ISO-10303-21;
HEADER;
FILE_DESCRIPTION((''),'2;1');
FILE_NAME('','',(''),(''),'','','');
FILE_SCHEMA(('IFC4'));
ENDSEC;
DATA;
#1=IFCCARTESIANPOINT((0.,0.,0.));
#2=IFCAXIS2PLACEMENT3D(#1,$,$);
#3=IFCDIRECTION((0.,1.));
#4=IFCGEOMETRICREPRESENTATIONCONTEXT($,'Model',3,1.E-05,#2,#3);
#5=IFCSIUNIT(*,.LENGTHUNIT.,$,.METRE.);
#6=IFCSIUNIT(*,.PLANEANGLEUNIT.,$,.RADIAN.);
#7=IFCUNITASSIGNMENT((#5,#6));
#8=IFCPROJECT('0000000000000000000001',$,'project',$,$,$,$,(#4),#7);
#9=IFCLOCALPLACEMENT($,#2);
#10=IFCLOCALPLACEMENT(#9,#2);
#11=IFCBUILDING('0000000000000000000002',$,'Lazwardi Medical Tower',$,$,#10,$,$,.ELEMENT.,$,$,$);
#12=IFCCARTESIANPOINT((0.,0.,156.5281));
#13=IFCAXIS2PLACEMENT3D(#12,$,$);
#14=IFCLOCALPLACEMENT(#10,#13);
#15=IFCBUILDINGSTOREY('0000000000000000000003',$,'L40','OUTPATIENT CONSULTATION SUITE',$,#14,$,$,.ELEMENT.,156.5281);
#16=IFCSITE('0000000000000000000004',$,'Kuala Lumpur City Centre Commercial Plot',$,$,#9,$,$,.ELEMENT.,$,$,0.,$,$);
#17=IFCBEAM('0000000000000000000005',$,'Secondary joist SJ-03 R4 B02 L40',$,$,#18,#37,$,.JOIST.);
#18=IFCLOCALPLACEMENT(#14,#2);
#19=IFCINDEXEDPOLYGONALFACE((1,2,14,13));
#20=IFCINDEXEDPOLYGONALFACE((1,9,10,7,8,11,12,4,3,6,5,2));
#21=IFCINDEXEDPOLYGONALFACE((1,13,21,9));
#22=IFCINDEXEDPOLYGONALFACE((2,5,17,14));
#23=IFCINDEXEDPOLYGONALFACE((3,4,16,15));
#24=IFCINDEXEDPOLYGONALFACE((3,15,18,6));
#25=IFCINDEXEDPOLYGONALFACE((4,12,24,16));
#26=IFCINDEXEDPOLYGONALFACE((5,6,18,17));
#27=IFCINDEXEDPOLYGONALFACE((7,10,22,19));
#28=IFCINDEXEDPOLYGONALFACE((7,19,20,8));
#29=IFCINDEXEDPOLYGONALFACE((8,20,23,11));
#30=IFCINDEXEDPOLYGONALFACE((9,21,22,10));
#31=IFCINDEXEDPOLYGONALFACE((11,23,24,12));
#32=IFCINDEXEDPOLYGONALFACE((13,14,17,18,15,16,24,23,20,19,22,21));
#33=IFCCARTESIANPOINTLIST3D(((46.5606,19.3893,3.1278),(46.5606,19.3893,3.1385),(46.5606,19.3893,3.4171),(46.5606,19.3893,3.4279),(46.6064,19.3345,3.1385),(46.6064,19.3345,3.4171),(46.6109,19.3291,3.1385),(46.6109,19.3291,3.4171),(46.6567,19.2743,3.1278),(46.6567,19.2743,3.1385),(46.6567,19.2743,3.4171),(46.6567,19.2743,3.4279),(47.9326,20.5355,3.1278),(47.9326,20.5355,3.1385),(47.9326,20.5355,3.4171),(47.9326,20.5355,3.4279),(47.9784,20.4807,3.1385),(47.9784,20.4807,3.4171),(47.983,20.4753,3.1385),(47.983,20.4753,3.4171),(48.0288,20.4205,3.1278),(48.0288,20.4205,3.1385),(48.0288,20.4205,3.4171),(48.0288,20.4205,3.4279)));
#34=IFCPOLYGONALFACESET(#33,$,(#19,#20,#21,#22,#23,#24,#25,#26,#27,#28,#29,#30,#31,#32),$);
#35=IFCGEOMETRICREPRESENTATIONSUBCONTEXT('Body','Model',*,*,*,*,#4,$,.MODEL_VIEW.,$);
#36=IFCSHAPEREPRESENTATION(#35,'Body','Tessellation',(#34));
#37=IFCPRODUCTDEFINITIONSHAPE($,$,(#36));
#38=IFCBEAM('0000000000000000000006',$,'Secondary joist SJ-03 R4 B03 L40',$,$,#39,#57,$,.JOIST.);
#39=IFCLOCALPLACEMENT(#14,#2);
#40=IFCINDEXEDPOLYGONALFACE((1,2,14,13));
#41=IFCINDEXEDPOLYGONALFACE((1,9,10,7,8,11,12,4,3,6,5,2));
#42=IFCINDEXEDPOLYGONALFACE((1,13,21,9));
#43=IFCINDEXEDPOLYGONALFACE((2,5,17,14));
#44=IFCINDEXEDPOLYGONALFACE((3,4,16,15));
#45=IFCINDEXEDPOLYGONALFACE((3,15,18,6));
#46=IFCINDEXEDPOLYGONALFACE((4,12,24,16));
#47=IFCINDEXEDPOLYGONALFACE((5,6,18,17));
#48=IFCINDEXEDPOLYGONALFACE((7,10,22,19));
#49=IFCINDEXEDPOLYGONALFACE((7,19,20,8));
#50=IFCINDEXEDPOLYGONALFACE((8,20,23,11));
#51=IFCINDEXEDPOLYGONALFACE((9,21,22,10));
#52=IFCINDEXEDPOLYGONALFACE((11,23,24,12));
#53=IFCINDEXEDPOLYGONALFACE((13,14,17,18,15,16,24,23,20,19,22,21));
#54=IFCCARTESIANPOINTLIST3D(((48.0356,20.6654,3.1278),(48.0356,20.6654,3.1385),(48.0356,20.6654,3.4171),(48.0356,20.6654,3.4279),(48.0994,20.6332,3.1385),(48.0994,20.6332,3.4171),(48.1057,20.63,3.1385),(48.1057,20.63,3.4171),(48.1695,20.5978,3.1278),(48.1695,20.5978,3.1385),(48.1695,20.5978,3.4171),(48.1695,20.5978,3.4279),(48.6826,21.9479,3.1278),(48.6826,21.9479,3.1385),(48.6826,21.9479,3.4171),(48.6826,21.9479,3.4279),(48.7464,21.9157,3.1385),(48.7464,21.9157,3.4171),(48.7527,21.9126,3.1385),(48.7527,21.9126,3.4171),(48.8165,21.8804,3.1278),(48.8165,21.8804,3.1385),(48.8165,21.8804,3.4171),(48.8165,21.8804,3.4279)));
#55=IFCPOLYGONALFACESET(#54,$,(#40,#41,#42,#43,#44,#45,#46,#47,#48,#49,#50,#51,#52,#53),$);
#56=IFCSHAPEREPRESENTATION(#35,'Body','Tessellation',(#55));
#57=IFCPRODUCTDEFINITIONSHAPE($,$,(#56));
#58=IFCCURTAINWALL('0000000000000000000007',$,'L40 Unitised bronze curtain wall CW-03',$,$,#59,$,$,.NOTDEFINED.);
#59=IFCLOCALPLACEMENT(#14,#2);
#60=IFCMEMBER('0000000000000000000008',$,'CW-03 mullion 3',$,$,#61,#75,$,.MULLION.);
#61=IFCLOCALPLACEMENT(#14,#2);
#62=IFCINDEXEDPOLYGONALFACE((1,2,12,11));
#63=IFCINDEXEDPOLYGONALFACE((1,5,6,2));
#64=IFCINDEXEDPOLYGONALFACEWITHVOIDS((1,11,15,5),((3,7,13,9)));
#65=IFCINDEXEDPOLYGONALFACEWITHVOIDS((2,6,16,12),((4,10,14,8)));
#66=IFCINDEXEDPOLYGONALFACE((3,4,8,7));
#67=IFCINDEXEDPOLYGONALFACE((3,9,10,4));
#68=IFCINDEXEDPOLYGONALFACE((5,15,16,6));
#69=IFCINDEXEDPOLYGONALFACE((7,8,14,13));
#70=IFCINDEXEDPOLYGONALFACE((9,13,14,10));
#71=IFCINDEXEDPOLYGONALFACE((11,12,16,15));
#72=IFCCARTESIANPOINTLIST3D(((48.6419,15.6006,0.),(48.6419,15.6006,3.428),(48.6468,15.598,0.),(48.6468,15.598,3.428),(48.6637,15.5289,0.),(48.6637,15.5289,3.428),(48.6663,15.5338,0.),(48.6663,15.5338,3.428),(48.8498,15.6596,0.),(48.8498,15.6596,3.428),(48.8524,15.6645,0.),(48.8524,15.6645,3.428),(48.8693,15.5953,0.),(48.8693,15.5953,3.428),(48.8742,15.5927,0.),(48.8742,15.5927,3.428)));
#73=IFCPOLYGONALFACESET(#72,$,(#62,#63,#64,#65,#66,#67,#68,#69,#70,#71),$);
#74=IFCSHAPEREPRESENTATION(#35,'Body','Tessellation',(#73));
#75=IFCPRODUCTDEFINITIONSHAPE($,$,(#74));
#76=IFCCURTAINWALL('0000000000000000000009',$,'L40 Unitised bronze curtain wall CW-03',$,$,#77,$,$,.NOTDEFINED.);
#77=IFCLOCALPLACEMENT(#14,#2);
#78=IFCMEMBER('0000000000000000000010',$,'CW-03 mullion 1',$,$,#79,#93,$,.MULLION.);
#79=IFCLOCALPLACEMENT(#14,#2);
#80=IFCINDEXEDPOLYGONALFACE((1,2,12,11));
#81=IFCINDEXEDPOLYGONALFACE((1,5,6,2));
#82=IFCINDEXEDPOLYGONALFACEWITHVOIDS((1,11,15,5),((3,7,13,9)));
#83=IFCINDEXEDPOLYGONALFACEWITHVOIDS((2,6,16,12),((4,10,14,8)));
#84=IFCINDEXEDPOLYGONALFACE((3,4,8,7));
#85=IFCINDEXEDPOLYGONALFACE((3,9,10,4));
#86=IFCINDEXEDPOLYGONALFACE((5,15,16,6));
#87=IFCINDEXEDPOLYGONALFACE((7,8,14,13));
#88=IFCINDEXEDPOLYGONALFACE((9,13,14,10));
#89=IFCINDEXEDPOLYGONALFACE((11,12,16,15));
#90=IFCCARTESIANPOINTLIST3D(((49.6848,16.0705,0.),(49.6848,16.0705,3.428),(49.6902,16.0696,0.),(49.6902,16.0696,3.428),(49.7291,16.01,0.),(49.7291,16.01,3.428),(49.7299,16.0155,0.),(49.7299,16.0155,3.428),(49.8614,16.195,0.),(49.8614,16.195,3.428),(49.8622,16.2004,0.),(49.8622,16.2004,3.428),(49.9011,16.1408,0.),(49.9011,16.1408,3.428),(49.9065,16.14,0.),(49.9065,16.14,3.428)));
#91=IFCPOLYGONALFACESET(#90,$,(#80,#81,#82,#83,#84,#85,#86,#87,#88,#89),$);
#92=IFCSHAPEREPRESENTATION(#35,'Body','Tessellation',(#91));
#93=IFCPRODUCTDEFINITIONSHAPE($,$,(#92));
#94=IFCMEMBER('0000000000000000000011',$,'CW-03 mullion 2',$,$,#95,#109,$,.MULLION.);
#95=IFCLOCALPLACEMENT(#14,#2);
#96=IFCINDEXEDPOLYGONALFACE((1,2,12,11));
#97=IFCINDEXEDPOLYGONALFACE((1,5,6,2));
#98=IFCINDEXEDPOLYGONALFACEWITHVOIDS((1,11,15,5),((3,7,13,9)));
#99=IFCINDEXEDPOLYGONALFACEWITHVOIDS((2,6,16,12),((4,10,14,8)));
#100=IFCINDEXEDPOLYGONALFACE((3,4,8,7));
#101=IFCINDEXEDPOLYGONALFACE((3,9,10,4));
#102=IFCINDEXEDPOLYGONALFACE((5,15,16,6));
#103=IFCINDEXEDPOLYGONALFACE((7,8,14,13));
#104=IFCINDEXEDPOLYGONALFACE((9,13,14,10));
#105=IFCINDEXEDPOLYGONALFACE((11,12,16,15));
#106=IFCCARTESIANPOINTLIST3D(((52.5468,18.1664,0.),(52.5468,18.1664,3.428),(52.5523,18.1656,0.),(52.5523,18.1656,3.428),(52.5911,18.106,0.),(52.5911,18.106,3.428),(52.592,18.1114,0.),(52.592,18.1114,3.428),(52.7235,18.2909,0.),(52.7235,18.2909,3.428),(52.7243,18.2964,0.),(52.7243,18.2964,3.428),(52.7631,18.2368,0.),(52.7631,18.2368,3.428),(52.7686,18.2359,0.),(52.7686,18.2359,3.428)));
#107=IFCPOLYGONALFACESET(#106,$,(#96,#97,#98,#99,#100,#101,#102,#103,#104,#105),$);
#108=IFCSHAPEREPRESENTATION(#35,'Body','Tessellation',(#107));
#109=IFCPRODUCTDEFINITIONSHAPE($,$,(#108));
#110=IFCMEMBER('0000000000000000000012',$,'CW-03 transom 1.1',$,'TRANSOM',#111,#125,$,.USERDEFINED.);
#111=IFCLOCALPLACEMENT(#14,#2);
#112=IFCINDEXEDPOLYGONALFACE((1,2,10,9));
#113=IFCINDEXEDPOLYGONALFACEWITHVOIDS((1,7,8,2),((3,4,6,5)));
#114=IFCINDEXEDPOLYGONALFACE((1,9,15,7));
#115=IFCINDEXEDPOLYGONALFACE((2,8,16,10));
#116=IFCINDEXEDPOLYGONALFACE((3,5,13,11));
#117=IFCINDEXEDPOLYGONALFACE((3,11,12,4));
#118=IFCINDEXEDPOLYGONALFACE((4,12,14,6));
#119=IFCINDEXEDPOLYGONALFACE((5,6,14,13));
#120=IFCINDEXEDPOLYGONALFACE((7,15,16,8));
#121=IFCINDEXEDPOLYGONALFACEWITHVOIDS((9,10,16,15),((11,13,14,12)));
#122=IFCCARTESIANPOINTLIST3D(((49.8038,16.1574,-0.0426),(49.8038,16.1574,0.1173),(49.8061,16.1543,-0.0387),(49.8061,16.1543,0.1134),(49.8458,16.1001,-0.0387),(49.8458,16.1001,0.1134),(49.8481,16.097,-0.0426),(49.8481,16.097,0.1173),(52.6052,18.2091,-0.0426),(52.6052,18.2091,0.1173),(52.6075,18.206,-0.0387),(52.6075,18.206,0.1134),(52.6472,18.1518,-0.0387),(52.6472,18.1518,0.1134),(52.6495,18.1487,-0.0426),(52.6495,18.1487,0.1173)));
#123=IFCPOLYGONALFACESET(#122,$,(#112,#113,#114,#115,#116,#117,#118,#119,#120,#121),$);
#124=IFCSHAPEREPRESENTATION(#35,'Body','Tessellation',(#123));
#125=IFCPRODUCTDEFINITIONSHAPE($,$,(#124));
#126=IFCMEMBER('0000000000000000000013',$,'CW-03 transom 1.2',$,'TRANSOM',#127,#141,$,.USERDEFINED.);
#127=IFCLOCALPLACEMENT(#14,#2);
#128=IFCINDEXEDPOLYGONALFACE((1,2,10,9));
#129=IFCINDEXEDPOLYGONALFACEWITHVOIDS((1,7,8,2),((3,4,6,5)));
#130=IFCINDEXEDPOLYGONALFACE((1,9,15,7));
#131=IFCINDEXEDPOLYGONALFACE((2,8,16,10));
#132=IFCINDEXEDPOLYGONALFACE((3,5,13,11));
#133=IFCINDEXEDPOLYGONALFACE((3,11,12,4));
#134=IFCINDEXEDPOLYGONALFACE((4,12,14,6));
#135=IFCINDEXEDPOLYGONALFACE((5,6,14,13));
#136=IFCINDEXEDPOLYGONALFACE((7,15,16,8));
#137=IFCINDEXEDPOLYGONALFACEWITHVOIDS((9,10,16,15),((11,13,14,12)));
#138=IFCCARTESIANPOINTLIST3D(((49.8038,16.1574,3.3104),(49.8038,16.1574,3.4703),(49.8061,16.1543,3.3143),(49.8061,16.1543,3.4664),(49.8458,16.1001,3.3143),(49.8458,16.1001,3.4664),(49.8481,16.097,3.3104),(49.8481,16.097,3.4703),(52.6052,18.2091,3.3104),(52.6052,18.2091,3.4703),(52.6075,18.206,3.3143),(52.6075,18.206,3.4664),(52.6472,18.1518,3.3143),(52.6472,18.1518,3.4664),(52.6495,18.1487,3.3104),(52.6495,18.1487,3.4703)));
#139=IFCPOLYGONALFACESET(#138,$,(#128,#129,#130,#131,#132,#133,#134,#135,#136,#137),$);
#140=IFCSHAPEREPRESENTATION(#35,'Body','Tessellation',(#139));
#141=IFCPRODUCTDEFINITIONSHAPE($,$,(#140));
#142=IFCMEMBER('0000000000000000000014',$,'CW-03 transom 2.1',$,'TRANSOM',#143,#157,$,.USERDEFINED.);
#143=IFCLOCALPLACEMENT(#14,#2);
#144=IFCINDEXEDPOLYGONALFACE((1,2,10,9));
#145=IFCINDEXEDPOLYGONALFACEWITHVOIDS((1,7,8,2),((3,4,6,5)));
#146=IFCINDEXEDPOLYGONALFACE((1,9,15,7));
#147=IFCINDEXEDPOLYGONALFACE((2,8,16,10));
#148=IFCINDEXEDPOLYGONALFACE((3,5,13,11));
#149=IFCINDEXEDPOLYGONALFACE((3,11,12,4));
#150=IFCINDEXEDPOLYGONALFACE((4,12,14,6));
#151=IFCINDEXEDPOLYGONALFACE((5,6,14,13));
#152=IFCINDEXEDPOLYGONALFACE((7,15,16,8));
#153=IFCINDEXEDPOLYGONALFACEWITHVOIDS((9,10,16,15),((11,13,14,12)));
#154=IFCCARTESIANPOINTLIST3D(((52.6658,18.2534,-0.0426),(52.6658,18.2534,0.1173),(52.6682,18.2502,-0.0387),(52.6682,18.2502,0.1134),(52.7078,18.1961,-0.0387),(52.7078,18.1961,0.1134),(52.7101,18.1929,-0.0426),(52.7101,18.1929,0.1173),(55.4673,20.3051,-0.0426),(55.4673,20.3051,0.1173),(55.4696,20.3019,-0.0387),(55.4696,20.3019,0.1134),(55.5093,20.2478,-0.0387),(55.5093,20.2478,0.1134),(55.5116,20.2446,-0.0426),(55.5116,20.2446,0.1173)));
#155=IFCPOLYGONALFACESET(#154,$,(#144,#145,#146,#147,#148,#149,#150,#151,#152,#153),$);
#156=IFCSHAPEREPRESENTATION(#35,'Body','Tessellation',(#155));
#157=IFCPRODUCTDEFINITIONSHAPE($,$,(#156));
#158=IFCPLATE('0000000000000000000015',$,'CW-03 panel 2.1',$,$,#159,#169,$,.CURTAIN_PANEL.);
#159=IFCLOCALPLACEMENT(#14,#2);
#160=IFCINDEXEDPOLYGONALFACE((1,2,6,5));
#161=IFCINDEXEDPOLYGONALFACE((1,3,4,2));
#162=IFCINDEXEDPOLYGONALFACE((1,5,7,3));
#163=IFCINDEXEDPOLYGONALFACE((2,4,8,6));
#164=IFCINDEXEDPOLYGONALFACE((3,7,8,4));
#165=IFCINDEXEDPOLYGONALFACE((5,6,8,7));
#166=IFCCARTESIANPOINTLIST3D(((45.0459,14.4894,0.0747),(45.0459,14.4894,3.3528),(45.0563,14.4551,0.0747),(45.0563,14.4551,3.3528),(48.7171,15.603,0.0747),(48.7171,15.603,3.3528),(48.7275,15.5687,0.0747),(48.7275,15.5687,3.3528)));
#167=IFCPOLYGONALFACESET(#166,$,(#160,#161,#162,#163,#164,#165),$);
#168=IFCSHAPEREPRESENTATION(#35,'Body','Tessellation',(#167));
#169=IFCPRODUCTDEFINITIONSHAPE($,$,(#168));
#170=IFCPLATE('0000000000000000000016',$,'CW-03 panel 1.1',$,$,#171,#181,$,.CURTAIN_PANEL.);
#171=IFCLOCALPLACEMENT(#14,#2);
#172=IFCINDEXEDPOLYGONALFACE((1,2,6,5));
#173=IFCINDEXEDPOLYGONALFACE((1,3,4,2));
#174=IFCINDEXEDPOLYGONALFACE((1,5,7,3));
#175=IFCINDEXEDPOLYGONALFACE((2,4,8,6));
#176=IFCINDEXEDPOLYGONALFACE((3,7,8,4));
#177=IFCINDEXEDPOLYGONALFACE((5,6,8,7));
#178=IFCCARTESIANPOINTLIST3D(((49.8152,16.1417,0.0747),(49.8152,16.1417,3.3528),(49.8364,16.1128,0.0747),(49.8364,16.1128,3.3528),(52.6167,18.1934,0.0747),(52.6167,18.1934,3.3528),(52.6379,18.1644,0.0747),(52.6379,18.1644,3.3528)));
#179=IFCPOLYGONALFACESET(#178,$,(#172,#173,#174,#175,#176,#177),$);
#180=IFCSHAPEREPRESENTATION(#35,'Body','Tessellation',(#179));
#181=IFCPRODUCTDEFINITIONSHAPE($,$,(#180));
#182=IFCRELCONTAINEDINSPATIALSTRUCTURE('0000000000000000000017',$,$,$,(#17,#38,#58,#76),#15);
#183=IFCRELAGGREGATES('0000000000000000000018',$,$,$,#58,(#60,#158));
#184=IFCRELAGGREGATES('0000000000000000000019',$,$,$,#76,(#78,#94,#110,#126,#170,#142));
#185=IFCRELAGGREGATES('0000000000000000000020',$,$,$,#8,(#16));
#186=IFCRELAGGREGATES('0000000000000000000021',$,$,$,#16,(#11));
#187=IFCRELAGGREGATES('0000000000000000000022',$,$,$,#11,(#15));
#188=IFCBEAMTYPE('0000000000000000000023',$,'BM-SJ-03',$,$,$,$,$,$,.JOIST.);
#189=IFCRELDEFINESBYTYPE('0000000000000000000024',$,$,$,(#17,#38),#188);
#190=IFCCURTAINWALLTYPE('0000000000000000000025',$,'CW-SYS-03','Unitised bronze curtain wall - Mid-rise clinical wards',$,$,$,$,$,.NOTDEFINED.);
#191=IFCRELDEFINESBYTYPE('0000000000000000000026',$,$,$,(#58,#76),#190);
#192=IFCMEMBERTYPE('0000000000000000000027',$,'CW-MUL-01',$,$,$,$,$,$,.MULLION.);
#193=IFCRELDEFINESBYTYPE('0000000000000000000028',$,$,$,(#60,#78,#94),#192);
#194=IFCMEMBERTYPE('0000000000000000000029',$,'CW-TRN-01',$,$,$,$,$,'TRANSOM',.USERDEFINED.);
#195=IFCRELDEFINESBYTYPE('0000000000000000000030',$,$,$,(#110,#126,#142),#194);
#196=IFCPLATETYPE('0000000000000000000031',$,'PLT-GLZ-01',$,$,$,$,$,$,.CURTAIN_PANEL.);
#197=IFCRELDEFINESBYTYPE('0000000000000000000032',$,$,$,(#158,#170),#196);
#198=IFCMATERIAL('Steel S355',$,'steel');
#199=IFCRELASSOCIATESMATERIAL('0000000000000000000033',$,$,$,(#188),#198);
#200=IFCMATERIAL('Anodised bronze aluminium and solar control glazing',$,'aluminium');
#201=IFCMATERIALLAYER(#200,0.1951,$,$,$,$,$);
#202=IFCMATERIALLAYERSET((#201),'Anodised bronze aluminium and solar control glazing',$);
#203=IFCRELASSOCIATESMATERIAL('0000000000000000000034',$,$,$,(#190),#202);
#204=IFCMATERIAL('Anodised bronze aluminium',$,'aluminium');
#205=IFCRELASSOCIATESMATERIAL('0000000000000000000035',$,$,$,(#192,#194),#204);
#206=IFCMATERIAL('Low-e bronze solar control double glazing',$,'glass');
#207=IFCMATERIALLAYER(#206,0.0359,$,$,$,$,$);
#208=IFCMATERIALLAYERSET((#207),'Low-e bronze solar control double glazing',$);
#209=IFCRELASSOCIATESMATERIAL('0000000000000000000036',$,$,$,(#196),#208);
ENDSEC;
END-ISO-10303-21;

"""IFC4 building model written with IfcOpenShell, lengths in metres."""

from ifc_helpers import new_model, si_unit, direction, frame, origin, origin_2d, place, context, subcontext, project, spatial, rectangle, hollow_rectangle, i_section, extrude, material, layer, layer_set, material_profile, profile_set, type_object, element, aggregate, save


model = new_model("IFC4")

# Units and contexts
model_context = context("Model", 3, precision=1e-05, world=origin(), true_north=direction((0.0, 1.0)))
body_context = subcontext(model_context, "Body", "Model", "MODEL_VIEW")
ifc_project = project(units=[si_unit("LENGTHUNIT", "METRE"), si_unit("PLANEANGLEUNIT", "RADIAN")], contexts=[model_context])

# Site, building, storey
site_placement = place(None, origin())
site = spatial("IfcSite", under=ifc_project, at=site_placement, Name="Kuala Lumpur City Centre Commercial Plot", CompositionType="ELEMENT", RefElevation=0.0)
building_placement = place(site_placement, origin())
building = spatial("IfcBuilding", under=site, at=building_placement, Name="Lazwardi Medical Tower", CompositionType="ELEMENT")
storey_placement = place(building_placement, frame((0.0, 0.0, 156.5281)))
storey = spatial("IfcBuildingStorey", under=building, at=storey_placement, Name="L40", Description="OUTPATIENT CONSULTATION SUITE", CompositionType="ELEMENT", Elevation=156.5281)

# Beams
ifc_material_1 = material(Name="Steel S355", Category="steel")
ifc_material_profile_1 = material_profile(ifc_material_1, i_section(OverallWidth=0.1499, OverallDepth=0.3, WebThickness=0.0071, FlangeThickness=0.0107, at=origin_2d()), Name="IPE 300")
ifc_profile_set_1 = profile_set([ifc_material_profile_1], Name="Steel S355")
beam_type_1 = type_object("IfcBeamType", Name="BM-SJ-03", PredefinedType="JOIST", material=ifc_profile_set_1)
beam_1_placement = place(storey_placement, frame((46.6086, 19.3318, 3.2778), z_axis=(0.767437, 0.641124, 0.0), x_axis=(-0.641124, 0.767437, 0.0)))
element("IfcBeam", 1, at=beam_1_placement, inside=storey, type_object=beam_type_1, Name="Secondary joist SJ-03 R4 B02 L40", PredefinedType="JOIST", context=body_context, shape_type="SweptSolid", body=[
    extrude(i_section(OverallWidth=0.1499, OverallDepth=0.3, WebThickness=0.0071, FlangeThickness=0.0107, at=origin_2d()), origin(), (0.0, 0.0, 1.0), 1.7878),
])
beam_2_placement = place(storey_placement, frame((48.1025, 20.6316, 3.2778), z_axis=(0.450406, 0.892824, 0.0), x_axis=(-0.892824, 0.450406, 0.0)))
element("IfcBeam", 2, at=beam_2_placement, inside=storey, type_object=beam_type_1, Name="Secondary joist SJ-03 R4 B03 L40", PredefinedType="JOIST", context=body_context, shape_type="SweptSolid", body=[
    extrude(i_section(OverallWidth=0.1499, OverallDepth=0.3, WebThickness=0.0071, FlangeThickness=0.0107, at=origin_2d()), origin(), (0.0, 0.0, 1.0), 1.4365),
])

# Curtain wall, member
ifc_material_2 = material(Name="Anodised bronze aluminium and solar control glazing", Category="aluminium")
ifc_layer_1 = layer(ifc_material_2, 0.1951)
ifc_layer_set_1 = layer_set([ifc_layer_1], Name="Anodised bronze aluminium and solar control glazing")
curtain_wall_type = type_object("IfcCurtainWallType", Name="CW-SYS-03", Description="Unitised bronze curtain wall - Mid-rise clinical wards", PredefinedType="NOTDEFINED", material=ifc_layer_set_1)
curtain_wall_1_placement = place(storey_placement, origin())
curtain_wall_1 = element("IfcCurtainWall", 3, at=curtain_wall_1_placement, inside=storey, type_object=curtain_wall_type, Name="L40 Unitised bronze curtain wall CW-03", PredefinedType="NOTDEFINED")
ifc_material_3 = material(Name="Anodised bronze aluminium", Category="aluminium")
ifc_material_profile_2 = material_profile(ifc_material_3, hollow_rectangle(XDim=0.075, YDim=0.22, WallThickness=0.0039, at=origin_2d()), Name="ALU-MULLION 220x75x4")
ifc_profile_set_2 = profile_set([ifc_material_profile_2], Name="Anodised bronze aluminium")
member_type_1 = type_object("IfcMemberType", Name="CW-MUL-01", PredefinedType="MULLION", material=ifc_profile_set_2)
member_1_placement = place(storey_placement, frame((48.7581, 15.5967, 0.0), z_axis=(0.0, 0.0, 1.0), x_axis=(-0.290281, 0.956942, 0.0)))
member_1 = element("IfcMember", 4, at=member_1_placement, type_object=member_type_1, Name="CW-03 mullion 3", PredefinedType="MULLION", context=body_context, shape_type="SweptSolid", body=[
    extrude(hollow_rectangle(XDim=0.075, YDim=0.22, WallThickness=0.0039, at=origin_2d()), origin(), (0.0, 0.0, 1.0), 3.428),
])

# Curtain wall, members
curtain_wall_2_placement = place(storey_placement, origin())
curtain_wall_2 = element("IfcCurtainWall", 5, at=curtain_wall_2_placement, inside=storey, type_object=curtain_wall_type, Name="L40 Unitised bronze curtain wall CW-03", PredefinedType="NOTDEFINED")
member_2_placement = place(storey_placement, frame((49.7957, 16.1052, 0.0), z_axis=(0.0, 0.0, 1.0), x_axis=(-0.590834, 0.806793, 0.0)))
member_2 = element("IfcMember", 6, at=member_2_placement, type_object=member_type_1, Name="CW-03 mullion 1", PredefinedType="MULLION", context=body_context, shape_type="SweptSolid", body=[
    extrude(hollow_rectangle(XDim=0.075, YDim=0.22, WallThickness=0.0039, at=origin_2d()), origin(), (0.0, 0.0, 1.0), 3.428),
])
member_3_placement = place(storey_placement, frame((52.6577, 18.2012, 0.0), z_axis=(0.0, 0.0, 1.0), x_axis=(-0.590834, 0.806793, 0.0)))
member_3 = element("IfcMember", 7, at=member_3_placement, type_object=member_type_1, Name="CW-03 mullion 2", PredefinedType="MULLION", context=body_context, shape_type="SweptSolid", body=[
    extrude(hollow_rectangle(XDim=0.075, YDim=0.22, WallThickness=0.0039, at=origin_2d()), origin(), (0.0, 0.0, 1.0), 3.428),
])
ifc_material_profile_3 = material_profile(ifc_material_3, hollow_rectangle(XDim=0.075, YDim=0.1599, WallThickness=0.0039, at=origin_2d()), Name="ALU-TRANSOM 160x75x4")
ifc_profile_set_3 = profile_set([ifc_material_profile_3], Name="Anodised bronze aluminium")
member_type_2 = type_object("IfcMemberType", Name="CW-TRN-01", ElementType="TRANSOM", PredefinedType="USERDEFINED", material=ifc_profile_set_3)
member_4_placement = place(storey_placement, frame((49.8259, 16.1272, 0.0374), z_axis=(0.806774, 0.590861, 0.0), x_axis=(-0.590861, 0.806774, 0.0)))
member_4 = element("IfcMember", 8, at=member_4_placement, type_object=member_type_2, Name="CW-03 transom 1.1", ObjectType="TRANSOM", PredefinedType="USERDEFINED", context=body_context, shape_type="SweptSolid", body=[
    extrude(hollow_rectangle(XDim=0.075, YDim=0.1599, WallThickness=0.0039, at=origin_2d()), origin(), (0.0, 0.0, 1.0), 3.4724),
])
member_5_placement = place(storey_placement, frame((49.8259, 16.1272, 3.3904), z_axis=(0.806774, 0.590861, 0.0), x_axis=(-0.590861, 0.806774, 0.0)))
member_5 = element("IfcMember", 9, at=member_5_placement, type_object=member_type_2, Name="CW-03 transom 1.2", ObjectType="TRANSOM", PredefinedType="USERDEFINED", context=body_context, shape_type="SweptSolid", body=[
    extrude(hollow_rectangle(XDim=0.075, YDim=0.1599, WallThickness=0.0039, at=origin_2d()), origin(), (0.0, 0.0, 1.0), 3.4724),
])
member_6_placement = place(storey_placement, frame((52.688, 18.2231, 0.0374), z_axis=(0.806774, 0.590861, 0.0), x_axis=(-0.590861, 0.806774, 0.0)))
member_6 = element("IfcMember", 10, at=member_6_placement, type_object=member_type_2, Name="CW-03 transom 2.1", ObjectType="TRANSOM", PredefinedType="USERDEFINED", context=body_context, shape_type="SweptSolid", body=[
    extrude(hollow_rectangle(XDim=0.075, YDim=0.1599, WallThickness=0.0039, at=origin_2d()), origin(), (0.0, 0.0, 1.0), 3.4724),
])

# Plates
ifc_material_4 = material(Name="Low-e bronze solar control double glazing", Category="glass")
ifc_layer_2 = layer(ifc_material_4, 0.0359)
ifc_layer_set_2 = layer_set([ifc_layer_2], Name="Low-e bronze solar control double glazing")
plate_type = type_object("IfcPlateType", Name="PLT-GLZ-01", PredefinedType="CURTAIN_PANEL", material=ifc_layer_set_2)
plate_1_placement = place(storey_placement, frame((46.8867, 15.0291, 0.0747), z_axis=(0.0, 0.0, 1.0), x_axis=(0.956942, 0.290281, 0.0)))
plate_1 = element("IfcPlate", 11, at=plate_1_placement, type_object=plate_type, Name="CW-03 panel 2.1", PredefinedType="CURTAIN_PANEL", context=body_context, shape_type="SweptSolid", body=[
    extrude(rectangle(XDim=3.8364, YDim=0.0359, at=origin_2d()), origin(), (0.0, 0.0, 1.0), 3.2781),
])
aggregate(curtain_wall_1, [member_1, plate_1])
plate_2_placement = place(storey_placement, frame((51.2266, 17.1531, 0.0747), z_axis=(0.0, 0.0, 1.0), x_axis=(0.806793, 0.590834, 0.0)))
plate_2 = element("IfcPlate", 12, at=plate_2_placement, type_object=plate_type, Name="CW-03 panel 1.1", PredefinedType="CURTAIN_PANEL", context=body_context, shape_type="SweptSolid", body=[
    extrude(rectangle(XDim=3.4724, YDim=0.0359, at=origin_2d()), origin(), (0.0, 0.0, 1.0), 3.2781),
])
aggregate(curtain_wall_2, [member_2, member_3, member_4, member_5, plate_2, member_6])

save(model, "model.ifc")
